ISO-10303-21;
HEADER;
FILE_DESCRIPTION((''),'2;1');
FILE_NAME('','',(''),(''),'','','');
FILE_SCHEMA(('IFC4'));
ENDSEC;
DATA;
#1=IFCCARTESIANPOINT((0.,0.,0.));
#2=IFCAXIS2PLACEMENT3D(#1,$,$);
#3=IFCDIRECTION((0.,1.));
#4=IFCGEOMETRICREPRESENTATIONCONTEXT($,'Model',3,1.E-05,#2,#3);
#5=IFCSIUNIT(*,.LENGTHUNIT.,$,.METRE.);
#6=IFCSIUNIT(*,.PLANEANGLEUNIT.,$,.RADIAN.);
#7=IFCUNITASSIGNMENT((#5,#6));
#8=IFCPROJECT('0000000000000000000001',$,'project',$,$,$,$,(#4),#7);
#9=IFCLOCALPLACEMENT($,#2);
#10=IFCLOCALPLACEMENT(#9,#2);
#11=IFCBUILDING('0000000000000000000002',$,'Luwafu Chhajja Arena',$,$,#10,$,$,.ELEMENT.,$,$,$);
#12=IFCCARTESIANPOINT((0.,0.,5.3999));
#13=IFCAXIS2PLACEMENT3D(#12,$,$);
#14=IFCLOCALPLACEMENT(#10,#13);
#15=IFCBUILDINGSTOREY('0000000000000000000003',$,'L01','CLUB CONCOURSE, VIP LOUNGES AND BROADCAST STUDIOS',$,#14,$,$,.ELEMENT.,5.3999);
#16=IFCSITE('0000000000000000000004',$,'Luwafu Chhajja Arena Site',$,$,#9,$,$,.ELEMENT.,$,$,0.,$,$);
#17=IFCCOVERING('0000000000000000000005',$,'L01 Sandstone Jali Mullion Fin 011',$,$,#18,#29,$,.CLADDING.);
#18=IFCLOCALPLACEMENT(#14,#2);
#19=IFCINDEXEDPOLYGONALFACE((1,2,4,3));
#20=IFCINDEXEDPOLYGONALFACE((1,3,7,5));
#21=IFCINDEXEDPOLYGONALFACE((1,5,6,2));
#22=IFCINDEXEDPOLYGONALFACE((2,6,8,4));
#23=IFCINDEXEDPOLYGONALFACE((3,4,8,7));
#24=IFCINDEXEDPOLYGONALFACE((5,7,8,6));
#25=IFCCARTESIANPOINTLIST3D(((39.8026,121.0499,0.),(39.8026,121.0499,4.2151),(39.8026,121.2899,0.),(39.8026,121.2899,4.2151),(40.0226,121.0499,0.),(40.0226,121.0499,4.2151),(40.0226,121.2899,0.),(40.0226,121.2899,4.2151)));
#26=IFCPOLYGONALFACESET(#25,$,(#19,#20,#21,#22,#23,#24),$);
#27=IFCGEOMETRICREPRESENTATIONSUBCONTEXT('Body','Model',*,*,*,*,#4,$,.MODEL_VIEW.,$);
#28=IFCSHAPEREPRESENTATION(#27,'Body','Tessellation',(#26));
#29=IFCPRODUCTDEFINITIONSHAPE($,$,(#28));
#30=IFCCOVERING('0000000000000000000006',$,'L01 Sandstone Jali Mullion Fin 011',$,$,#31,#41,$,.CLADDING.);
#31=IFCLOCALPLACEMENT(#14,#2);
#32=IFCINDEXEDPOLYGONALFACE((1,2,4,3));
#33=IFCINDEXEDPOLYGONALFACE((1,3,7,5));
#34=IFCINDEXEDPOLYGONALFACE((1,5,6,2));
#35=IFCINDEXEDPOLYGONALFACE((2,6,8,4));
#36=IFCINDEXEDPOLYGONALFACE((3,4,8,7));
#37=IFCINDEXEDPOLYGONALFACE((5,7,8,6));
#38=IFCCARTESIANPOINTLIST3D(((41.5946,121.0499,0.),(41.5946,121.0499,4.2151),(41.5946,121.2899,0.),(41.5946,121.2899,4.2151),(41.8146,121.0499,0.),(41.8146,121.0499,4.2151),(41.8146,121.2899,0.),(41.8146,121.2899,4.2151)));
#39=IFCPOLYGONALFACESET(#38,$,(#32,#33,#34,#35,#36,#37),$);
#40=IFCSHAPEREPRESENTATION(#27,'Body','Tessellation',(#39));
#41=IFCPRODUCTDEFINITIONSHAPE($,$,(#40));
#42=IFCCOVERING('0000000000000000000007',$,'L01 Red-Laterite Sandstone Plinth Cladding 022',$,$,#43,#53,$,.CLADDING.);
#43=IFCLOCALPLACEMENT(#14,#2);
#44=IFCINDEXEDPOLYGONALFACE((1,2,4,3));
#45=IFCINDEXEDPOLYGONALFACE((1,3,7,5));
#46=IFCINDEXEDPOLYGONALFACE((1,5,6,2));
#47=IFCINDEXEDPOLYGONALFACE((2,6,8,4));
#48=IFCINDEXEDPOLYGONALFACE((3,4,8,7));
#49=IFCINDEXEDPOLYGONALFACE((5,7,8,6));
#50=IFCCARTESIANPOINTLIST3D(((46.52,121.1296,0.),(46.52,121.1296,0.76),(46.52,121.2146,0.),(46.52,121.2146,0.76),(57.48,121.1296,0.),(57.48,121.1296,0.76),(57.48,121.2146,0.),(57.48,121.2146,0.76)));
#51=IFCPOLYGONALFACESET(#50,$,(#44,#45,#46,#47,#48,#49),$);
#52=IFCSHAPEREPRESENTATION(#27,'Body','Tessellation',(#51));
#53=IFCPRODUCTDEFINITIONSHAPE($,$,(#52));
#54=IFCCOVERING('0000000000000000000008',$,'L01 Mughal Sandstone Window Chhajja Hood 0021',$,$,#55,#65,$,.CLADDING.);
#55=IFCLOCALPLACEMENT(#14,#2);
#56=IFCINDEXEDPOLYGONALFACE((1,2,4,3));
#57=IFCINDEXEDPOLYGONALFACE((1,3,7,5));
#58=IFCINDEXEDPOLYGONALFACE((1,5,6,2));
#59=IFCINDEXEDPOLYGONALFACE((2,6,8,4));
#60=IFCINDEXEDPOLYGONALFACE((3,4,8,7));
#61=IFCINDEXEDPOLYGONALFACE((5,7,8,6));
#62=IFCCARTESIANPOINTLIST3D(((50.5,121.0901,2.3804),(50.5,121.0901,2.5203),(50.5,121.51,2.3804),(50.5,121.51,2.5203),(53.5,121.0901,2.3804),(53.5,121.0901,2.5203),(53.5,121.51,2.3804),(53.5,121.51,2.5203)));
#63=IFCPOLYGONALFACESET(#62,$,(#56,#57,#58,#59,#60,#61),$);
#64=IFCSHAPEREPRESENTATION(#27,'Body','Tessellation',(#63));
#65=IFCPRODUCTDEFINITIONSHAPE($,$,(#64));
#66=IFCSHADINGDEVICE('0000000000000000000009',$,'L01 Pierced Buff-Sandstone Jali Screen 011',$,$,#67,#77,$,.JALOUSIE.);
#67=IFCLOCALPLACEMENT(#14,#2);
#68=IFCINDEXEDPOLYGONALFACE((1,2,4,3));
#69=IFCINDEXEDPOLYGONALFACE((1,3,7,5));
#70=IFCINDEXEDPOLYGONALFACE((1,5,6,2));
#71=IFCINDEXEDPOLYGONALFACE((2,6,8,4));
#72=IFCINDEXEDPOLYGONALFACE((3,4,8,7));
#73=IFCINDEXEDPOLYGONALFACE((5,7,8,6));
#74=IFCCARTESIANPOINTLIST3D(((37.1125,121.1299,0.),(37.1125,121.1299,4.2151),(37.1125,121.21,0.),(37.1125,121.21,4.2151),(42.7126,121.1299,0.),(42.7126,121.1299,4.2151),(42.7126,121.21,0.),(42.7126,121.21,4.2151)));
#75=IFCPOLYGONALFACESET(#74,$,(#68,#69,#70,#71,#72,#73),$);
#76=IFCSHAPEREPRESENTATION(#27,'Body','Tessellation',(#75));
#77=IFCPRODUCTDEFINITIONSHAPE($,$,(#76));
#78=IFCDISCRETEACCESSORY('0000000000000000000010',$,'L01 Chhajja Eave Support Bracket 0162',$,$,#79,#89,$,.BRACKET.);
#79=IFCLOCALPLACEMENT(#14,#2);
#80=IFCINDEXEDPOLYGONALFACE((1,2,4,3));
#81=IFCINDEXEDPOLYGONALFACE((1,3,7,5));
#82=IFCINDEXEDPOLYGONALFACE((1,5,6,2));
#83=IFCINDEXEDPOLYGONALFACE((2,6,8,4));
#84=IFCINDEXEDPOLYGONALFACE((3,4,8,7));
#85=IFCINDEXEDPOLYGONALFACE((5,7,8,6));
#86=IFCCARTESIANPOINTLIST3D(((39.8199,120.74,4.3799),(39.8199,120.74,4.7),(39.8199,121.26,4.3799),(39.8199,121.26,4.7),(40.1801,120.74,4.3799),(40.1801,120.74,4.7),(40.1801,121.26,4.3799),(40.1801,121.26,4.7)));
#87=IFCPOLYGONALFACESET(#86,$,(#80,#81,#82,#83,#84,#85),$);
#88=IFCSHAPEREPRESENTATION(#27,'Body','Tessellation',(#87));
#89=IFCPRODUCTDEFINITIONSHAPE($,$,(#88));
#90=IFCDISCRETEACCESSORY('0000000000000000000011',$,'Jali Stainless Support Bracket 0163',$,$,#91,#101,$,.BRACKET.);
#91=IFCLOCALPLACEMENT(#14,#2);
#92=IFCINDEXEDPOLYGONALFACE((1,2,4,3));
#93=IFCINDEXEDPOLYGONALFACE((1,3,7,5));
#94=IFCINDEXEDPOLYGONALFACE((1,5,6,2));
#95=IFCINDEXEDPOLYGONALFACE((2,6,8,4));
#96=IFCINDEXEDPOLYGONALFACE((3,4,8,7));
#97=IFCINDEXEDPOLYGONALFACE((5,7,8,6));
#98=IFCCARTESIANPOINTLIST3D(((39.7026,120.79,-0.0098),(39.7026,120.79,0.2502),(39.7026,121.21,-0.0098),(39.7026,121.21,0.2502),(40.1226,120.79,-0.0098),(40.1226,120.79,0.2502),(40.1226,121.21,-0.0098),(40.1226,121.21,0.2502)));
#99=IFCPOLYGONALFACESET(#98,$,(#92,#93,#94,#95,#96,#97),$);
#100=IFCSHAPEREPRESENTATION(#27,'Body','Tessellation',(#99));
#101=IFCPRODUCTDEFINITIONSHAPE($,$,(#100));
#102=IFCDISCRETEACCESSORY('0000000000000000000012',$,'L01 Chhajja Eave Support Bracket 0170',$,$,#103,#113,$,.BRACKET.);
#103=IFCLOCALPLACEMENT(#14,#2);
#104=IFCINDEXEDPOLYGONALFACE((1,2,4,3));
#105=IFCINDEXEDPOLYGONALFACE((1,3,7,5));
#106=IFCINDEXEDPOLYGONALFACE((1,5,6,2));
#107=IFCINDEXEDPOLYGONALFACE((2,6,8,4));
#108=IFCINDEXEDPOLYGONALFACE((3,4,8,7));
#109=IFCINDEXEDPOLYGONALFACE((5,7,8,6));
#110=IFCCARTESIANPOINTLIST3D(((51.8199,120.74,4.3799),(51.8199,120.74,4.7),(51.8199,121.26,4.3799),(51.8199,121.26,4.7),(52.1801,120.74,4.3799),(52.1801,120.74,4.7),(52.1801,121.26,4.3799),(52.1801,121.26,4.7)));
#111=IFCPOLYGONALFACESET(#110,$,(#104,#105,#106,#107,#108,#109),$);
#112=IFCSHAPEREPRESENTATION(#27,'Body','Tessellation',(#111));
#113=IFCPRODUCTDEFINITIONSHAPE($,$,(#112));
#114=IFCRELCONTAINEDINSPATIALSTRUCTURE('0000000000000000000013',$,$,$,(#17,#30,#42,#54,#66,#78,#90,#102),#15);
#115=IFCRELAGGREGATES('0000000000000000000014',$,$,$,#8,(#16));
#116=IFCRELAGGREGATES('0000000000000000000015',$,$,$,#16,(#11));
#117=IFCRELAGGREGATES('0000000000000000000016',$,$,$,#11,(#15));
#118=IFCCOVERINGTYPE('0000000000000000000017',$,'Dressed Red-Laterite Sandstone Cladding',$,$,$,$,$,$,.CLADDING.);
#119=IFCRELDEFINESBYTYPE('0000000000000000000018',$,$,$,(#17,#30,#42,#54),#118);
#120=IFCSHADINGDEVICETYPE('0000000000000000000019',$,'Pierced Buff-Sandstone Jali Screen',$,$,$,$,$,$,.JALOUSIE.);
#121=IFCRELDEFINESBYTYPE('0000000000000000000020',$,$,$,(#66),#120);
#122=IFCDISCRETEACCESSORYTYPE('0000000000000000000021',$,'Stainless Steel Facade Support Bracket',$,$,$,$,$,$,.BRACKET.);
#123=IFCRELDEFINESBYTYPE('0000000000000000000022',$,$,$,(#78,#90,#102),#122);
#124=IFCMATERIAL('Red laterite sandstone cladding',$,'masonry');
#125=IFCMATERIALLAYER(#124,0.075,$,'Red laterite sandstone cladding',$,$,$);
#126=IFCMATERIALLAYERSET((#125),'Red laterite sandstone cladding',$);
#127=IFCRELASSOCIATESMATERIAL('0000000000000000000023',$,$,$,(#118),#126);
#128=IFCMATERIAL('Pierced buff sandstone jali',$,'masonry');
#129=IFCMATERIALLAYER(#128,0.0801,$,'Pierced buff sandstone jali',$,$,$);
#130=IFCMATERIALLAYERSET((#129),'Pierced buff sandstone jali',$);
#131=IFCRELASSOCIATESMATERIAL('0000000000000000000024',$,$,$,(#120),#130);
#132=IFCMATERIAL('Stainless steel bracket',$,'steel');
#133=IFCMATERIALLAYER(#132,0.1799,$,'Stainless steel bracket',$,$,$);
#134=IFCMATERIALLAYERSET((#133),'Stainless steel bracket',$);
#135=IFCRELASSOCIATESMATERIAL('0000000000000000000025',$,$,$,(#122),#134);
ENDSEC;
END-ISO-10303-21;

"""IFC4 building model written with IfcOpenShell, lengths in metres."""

from ifc_helpers import new_model, si_unit, direction, frame, origin, origin_2d, place, context, subcontext, project, spatial, rectangle, extrude, material, layer, layer_set, type_object, element, save


model = new_model("IFC4")

# Units and contexts
model_context = context("Model", 3, precision=1e-05, world=origin(), true_north=direction((0.0, 1.0)))
body_context = subcontext(model_context, "Body", "Model", "MODEL_VIEW")
ifc_project = project(units=[si_unit("LENGTHUNIT", "METRE"), si_unit("PLANEANGLEUNIT", "RADIAN")], contexts=[model_context])

# Site, building, storey
site_placement = place(None, origin())
site = spatial("IfcSite", under=ifc_project, at=site_placement, Name="Luwafu Chhajja Arena Site", CompositionType="ELEMENT", RefElevation=0.0)
building_placement = place(site_placement, origin())
building = spatial("IfcBuilding", under=site, at=building_placement, Name="Luwafu Chhajja Arena", CompositionType="ELEMENT")
storey_placement = place(building_placement, frame((0.0, 0.0, 5.3999)))
storey = spatial("IfcBuildingStorey", under=building, at=storey_placement, Name="L01", Description="CLUB CONCOURSE, VIP LOUNGES AND BROADCAST STUDIOS", CompositionType="ELEMENT", Elevation=5.3999)

# Coverings
ifc_material_1 = material(Name="Red laterite sandstone cladding", Category="masonry")
ifc_layer_1 = layer(ifc_material_1, 0.075, Name="Red laterite sandstone cladding")
ifc_layer_set_1 = layer_set([ifc_layer_1], Name="Red laterite sandstone cladding")
covering_type = type_object("IfcCoveringType", Name="Dressed Red-Laterite Sandstone Cladding", PredefinedType="CLADDING", material=ifc_layer_set_1)
for number, where, z_axis, x_axis, name in (
    (1, (39.9126, 121.1699, 0.0), (0.0, 0.0, 1.0), (1.0, 0.0, 0.0), "L01 Sandstone Jali Mullion Fin 011"),
    (2, (41.7046, 121.1699, 0.0), (0.0, 0.0, 1.0), (1.0, 0.0, 0.0), "L01 Sandstone Jali Mullion Fin 011"),
):
    element("IfcCovering", number, at=place(storey_placement, frame(where, z_axis=z_axis, x_axis=x_axis)), inside=storey, type_object=covering_type, Name=name, PredefinedType="CLADDING", context=body_context, shape_type="SweptSolid", body=[
        extrude(rectangle(XDim=0.22, YDim=0.24, at=origin_2d()), origin(), (0.0, 0.0, 1.0), 4.2151),
    ])
covering_1_placement = place(storey_placement, frame((52.0, 121.1721, 0.0), z_axis=(0.0, 0.0, 1.0), x_axis=(1.0, 0.0, 0.0)))
element("IfcCovering", 3, at=covering_1_placement, inside=storey, type_object=covering_type, Name="L01 Red-Laterite Sandstone Plinth Cladding 022", PredefinedType="CLADDING", context=body_context, shape_type="SweptSolid", body=[
    extrude(rectangle(XDim=10.96, YDim=0.085, at=origin_2d()), origin(), (0.0, 0.0, 1.0), 0.76),
])
covering_2_placement = place(storey_placement, frame((52.0, 121.3, 2.3804), z_axis=(0.0, 0.0, 1.0), x_axis=(1.0, 0.0, 0.0)))
element("IfcCovering", 4, at=covering_2_placement, inside=storey, type_object=covering_type, Name="L01 Mughal Sandstone Window Chhajja Hood 0021", PredefinedType="CLADDING", context=body_context, shape_type="SweptSolid", body=[
    extrude(rectangle(XDim=3.0, YDim=0.4199, at=origin_2d()), origin(), (0.0, 0.0, 1.0), 0.1399),
])

# Shading device
ifc_material_2 = material(Name="Pierced buff sandstone jali", Category="masonry")
ifc_layer_2 = layer(ifc_material_2, 0.0801, Name="Pierced buff sandstone jali")
ifc_layer_set_2 = layer_set([ifc_layer_2], Name="Pierced buff sandstone jali")
shading_device_type = type_object("IfcShadingDeviceType", Name="Pierced Buff-Sandstone Jali Screen", PredefinedType="JALOUSIE", material=ifc_layer_set_2)
shading_device_placement = place(storey_placement, frame((39.9126, 121.1699, 0.0), z_axis=(0.0, 0.0, 1.0), x_axis=(1.0, 0.0, 0.0)))
element("IfcShadingDevice", 5, at=shading_device_placement, inside=storey, type_object=shading_device_type, Name="L01 Pierced Buff-Sandstone Jali Screen 011", PredefinedType="JALOUSIE", context=body_context, shape_type="SweptSolid", body=[
    extrude(rectangle(XDim=5.6001, YDim=0.0801, at=origin_2d()), origin(), (0.0, 0.0, 1.0), 4.2151),
])

# Discrete accessories
ifc_material_3 = material(Name="Stainless steel bracket", Category="steel")
ifc_layer_3 = layer(ifc_material_3, 0.1799, Name="Stainless steel bracket")
ifc_layer_set_3 = layer_set([ifc_layer_3], Name="Stainless steel bracket")
discrete_accessory_type = type_object("IfcDiscreteAccessoryType", Name="Stainless Steel Facade Support Bracket", PredefinedType="BRACKET", material=ifc_layer_set_3)
discrete_accessory_1_placement = place(storey_placement, frame((40.0, 121.0, 4.3799), z_axis=(0.0, 0.0, 1.0), x_axis=(1.0, 0.0, 0.0)))
element("IfcDiscreteAccessory", 6, at=discrete_accessory_1_placement, inside=storey, type_object=discrete_accessory_type, Name="L01 Chhajja Eave Support Bracket 0162", PredefinedType="BRACKET", context=body_context, shape_type="SweptSolid", body=[
    extrude(rectangle(XDim=0.3601, YDim=0.52, at=origin_2d()), origin(), (0.0, 0.0, 1.0), 0.3201),
])
discrete_accessory_2_placement = place(storey_placement, frame((39.9126, 121.0, -0.0098), z_axis=(0.0, 0.0, 1.0), x_axis=(1.0, 0.0, 0.0)))
element("IfcDiscreteAccessory", 7, at=discrete_accessory_2_placement, inside=storey, type_object=discrete_accessory_type, Name="Jali Stainless Support Bracket 0163", PredefinedType="BRACKET", context=body_context, shape_type="SweptSolid", body=[
    extrude(rectangle(XDim=0.4199, YDim=0.4199, at=origin_2d()), origin(), (0.0, 0.0, 1.0), 0.26),
])
discrete_accessory_3_placement = place(storey_placement, frame((52.0, 121.0, 4.3799), z_axis=(0.0, 0.0, 1.0), x_axis=(1.0, 0.0, 0.0)))
element("IfcDiscreteAccessory", 8, at=discrete_accessory_3_placement, inside=storey, type_object=discrete_accessory_type, Name="L01 Chhajja Eave Support Bracket 0170", PredefinedType="BRACKET", context=body_context, shape_type="SweptSolid", body=[
    extrude(rectangle(XDim=0.3601, YDim=0.52, at=origin_2d()), origin(), (0.0, 0.0, 1.0), 0.3201),
])

save(model, "model.ifc")
